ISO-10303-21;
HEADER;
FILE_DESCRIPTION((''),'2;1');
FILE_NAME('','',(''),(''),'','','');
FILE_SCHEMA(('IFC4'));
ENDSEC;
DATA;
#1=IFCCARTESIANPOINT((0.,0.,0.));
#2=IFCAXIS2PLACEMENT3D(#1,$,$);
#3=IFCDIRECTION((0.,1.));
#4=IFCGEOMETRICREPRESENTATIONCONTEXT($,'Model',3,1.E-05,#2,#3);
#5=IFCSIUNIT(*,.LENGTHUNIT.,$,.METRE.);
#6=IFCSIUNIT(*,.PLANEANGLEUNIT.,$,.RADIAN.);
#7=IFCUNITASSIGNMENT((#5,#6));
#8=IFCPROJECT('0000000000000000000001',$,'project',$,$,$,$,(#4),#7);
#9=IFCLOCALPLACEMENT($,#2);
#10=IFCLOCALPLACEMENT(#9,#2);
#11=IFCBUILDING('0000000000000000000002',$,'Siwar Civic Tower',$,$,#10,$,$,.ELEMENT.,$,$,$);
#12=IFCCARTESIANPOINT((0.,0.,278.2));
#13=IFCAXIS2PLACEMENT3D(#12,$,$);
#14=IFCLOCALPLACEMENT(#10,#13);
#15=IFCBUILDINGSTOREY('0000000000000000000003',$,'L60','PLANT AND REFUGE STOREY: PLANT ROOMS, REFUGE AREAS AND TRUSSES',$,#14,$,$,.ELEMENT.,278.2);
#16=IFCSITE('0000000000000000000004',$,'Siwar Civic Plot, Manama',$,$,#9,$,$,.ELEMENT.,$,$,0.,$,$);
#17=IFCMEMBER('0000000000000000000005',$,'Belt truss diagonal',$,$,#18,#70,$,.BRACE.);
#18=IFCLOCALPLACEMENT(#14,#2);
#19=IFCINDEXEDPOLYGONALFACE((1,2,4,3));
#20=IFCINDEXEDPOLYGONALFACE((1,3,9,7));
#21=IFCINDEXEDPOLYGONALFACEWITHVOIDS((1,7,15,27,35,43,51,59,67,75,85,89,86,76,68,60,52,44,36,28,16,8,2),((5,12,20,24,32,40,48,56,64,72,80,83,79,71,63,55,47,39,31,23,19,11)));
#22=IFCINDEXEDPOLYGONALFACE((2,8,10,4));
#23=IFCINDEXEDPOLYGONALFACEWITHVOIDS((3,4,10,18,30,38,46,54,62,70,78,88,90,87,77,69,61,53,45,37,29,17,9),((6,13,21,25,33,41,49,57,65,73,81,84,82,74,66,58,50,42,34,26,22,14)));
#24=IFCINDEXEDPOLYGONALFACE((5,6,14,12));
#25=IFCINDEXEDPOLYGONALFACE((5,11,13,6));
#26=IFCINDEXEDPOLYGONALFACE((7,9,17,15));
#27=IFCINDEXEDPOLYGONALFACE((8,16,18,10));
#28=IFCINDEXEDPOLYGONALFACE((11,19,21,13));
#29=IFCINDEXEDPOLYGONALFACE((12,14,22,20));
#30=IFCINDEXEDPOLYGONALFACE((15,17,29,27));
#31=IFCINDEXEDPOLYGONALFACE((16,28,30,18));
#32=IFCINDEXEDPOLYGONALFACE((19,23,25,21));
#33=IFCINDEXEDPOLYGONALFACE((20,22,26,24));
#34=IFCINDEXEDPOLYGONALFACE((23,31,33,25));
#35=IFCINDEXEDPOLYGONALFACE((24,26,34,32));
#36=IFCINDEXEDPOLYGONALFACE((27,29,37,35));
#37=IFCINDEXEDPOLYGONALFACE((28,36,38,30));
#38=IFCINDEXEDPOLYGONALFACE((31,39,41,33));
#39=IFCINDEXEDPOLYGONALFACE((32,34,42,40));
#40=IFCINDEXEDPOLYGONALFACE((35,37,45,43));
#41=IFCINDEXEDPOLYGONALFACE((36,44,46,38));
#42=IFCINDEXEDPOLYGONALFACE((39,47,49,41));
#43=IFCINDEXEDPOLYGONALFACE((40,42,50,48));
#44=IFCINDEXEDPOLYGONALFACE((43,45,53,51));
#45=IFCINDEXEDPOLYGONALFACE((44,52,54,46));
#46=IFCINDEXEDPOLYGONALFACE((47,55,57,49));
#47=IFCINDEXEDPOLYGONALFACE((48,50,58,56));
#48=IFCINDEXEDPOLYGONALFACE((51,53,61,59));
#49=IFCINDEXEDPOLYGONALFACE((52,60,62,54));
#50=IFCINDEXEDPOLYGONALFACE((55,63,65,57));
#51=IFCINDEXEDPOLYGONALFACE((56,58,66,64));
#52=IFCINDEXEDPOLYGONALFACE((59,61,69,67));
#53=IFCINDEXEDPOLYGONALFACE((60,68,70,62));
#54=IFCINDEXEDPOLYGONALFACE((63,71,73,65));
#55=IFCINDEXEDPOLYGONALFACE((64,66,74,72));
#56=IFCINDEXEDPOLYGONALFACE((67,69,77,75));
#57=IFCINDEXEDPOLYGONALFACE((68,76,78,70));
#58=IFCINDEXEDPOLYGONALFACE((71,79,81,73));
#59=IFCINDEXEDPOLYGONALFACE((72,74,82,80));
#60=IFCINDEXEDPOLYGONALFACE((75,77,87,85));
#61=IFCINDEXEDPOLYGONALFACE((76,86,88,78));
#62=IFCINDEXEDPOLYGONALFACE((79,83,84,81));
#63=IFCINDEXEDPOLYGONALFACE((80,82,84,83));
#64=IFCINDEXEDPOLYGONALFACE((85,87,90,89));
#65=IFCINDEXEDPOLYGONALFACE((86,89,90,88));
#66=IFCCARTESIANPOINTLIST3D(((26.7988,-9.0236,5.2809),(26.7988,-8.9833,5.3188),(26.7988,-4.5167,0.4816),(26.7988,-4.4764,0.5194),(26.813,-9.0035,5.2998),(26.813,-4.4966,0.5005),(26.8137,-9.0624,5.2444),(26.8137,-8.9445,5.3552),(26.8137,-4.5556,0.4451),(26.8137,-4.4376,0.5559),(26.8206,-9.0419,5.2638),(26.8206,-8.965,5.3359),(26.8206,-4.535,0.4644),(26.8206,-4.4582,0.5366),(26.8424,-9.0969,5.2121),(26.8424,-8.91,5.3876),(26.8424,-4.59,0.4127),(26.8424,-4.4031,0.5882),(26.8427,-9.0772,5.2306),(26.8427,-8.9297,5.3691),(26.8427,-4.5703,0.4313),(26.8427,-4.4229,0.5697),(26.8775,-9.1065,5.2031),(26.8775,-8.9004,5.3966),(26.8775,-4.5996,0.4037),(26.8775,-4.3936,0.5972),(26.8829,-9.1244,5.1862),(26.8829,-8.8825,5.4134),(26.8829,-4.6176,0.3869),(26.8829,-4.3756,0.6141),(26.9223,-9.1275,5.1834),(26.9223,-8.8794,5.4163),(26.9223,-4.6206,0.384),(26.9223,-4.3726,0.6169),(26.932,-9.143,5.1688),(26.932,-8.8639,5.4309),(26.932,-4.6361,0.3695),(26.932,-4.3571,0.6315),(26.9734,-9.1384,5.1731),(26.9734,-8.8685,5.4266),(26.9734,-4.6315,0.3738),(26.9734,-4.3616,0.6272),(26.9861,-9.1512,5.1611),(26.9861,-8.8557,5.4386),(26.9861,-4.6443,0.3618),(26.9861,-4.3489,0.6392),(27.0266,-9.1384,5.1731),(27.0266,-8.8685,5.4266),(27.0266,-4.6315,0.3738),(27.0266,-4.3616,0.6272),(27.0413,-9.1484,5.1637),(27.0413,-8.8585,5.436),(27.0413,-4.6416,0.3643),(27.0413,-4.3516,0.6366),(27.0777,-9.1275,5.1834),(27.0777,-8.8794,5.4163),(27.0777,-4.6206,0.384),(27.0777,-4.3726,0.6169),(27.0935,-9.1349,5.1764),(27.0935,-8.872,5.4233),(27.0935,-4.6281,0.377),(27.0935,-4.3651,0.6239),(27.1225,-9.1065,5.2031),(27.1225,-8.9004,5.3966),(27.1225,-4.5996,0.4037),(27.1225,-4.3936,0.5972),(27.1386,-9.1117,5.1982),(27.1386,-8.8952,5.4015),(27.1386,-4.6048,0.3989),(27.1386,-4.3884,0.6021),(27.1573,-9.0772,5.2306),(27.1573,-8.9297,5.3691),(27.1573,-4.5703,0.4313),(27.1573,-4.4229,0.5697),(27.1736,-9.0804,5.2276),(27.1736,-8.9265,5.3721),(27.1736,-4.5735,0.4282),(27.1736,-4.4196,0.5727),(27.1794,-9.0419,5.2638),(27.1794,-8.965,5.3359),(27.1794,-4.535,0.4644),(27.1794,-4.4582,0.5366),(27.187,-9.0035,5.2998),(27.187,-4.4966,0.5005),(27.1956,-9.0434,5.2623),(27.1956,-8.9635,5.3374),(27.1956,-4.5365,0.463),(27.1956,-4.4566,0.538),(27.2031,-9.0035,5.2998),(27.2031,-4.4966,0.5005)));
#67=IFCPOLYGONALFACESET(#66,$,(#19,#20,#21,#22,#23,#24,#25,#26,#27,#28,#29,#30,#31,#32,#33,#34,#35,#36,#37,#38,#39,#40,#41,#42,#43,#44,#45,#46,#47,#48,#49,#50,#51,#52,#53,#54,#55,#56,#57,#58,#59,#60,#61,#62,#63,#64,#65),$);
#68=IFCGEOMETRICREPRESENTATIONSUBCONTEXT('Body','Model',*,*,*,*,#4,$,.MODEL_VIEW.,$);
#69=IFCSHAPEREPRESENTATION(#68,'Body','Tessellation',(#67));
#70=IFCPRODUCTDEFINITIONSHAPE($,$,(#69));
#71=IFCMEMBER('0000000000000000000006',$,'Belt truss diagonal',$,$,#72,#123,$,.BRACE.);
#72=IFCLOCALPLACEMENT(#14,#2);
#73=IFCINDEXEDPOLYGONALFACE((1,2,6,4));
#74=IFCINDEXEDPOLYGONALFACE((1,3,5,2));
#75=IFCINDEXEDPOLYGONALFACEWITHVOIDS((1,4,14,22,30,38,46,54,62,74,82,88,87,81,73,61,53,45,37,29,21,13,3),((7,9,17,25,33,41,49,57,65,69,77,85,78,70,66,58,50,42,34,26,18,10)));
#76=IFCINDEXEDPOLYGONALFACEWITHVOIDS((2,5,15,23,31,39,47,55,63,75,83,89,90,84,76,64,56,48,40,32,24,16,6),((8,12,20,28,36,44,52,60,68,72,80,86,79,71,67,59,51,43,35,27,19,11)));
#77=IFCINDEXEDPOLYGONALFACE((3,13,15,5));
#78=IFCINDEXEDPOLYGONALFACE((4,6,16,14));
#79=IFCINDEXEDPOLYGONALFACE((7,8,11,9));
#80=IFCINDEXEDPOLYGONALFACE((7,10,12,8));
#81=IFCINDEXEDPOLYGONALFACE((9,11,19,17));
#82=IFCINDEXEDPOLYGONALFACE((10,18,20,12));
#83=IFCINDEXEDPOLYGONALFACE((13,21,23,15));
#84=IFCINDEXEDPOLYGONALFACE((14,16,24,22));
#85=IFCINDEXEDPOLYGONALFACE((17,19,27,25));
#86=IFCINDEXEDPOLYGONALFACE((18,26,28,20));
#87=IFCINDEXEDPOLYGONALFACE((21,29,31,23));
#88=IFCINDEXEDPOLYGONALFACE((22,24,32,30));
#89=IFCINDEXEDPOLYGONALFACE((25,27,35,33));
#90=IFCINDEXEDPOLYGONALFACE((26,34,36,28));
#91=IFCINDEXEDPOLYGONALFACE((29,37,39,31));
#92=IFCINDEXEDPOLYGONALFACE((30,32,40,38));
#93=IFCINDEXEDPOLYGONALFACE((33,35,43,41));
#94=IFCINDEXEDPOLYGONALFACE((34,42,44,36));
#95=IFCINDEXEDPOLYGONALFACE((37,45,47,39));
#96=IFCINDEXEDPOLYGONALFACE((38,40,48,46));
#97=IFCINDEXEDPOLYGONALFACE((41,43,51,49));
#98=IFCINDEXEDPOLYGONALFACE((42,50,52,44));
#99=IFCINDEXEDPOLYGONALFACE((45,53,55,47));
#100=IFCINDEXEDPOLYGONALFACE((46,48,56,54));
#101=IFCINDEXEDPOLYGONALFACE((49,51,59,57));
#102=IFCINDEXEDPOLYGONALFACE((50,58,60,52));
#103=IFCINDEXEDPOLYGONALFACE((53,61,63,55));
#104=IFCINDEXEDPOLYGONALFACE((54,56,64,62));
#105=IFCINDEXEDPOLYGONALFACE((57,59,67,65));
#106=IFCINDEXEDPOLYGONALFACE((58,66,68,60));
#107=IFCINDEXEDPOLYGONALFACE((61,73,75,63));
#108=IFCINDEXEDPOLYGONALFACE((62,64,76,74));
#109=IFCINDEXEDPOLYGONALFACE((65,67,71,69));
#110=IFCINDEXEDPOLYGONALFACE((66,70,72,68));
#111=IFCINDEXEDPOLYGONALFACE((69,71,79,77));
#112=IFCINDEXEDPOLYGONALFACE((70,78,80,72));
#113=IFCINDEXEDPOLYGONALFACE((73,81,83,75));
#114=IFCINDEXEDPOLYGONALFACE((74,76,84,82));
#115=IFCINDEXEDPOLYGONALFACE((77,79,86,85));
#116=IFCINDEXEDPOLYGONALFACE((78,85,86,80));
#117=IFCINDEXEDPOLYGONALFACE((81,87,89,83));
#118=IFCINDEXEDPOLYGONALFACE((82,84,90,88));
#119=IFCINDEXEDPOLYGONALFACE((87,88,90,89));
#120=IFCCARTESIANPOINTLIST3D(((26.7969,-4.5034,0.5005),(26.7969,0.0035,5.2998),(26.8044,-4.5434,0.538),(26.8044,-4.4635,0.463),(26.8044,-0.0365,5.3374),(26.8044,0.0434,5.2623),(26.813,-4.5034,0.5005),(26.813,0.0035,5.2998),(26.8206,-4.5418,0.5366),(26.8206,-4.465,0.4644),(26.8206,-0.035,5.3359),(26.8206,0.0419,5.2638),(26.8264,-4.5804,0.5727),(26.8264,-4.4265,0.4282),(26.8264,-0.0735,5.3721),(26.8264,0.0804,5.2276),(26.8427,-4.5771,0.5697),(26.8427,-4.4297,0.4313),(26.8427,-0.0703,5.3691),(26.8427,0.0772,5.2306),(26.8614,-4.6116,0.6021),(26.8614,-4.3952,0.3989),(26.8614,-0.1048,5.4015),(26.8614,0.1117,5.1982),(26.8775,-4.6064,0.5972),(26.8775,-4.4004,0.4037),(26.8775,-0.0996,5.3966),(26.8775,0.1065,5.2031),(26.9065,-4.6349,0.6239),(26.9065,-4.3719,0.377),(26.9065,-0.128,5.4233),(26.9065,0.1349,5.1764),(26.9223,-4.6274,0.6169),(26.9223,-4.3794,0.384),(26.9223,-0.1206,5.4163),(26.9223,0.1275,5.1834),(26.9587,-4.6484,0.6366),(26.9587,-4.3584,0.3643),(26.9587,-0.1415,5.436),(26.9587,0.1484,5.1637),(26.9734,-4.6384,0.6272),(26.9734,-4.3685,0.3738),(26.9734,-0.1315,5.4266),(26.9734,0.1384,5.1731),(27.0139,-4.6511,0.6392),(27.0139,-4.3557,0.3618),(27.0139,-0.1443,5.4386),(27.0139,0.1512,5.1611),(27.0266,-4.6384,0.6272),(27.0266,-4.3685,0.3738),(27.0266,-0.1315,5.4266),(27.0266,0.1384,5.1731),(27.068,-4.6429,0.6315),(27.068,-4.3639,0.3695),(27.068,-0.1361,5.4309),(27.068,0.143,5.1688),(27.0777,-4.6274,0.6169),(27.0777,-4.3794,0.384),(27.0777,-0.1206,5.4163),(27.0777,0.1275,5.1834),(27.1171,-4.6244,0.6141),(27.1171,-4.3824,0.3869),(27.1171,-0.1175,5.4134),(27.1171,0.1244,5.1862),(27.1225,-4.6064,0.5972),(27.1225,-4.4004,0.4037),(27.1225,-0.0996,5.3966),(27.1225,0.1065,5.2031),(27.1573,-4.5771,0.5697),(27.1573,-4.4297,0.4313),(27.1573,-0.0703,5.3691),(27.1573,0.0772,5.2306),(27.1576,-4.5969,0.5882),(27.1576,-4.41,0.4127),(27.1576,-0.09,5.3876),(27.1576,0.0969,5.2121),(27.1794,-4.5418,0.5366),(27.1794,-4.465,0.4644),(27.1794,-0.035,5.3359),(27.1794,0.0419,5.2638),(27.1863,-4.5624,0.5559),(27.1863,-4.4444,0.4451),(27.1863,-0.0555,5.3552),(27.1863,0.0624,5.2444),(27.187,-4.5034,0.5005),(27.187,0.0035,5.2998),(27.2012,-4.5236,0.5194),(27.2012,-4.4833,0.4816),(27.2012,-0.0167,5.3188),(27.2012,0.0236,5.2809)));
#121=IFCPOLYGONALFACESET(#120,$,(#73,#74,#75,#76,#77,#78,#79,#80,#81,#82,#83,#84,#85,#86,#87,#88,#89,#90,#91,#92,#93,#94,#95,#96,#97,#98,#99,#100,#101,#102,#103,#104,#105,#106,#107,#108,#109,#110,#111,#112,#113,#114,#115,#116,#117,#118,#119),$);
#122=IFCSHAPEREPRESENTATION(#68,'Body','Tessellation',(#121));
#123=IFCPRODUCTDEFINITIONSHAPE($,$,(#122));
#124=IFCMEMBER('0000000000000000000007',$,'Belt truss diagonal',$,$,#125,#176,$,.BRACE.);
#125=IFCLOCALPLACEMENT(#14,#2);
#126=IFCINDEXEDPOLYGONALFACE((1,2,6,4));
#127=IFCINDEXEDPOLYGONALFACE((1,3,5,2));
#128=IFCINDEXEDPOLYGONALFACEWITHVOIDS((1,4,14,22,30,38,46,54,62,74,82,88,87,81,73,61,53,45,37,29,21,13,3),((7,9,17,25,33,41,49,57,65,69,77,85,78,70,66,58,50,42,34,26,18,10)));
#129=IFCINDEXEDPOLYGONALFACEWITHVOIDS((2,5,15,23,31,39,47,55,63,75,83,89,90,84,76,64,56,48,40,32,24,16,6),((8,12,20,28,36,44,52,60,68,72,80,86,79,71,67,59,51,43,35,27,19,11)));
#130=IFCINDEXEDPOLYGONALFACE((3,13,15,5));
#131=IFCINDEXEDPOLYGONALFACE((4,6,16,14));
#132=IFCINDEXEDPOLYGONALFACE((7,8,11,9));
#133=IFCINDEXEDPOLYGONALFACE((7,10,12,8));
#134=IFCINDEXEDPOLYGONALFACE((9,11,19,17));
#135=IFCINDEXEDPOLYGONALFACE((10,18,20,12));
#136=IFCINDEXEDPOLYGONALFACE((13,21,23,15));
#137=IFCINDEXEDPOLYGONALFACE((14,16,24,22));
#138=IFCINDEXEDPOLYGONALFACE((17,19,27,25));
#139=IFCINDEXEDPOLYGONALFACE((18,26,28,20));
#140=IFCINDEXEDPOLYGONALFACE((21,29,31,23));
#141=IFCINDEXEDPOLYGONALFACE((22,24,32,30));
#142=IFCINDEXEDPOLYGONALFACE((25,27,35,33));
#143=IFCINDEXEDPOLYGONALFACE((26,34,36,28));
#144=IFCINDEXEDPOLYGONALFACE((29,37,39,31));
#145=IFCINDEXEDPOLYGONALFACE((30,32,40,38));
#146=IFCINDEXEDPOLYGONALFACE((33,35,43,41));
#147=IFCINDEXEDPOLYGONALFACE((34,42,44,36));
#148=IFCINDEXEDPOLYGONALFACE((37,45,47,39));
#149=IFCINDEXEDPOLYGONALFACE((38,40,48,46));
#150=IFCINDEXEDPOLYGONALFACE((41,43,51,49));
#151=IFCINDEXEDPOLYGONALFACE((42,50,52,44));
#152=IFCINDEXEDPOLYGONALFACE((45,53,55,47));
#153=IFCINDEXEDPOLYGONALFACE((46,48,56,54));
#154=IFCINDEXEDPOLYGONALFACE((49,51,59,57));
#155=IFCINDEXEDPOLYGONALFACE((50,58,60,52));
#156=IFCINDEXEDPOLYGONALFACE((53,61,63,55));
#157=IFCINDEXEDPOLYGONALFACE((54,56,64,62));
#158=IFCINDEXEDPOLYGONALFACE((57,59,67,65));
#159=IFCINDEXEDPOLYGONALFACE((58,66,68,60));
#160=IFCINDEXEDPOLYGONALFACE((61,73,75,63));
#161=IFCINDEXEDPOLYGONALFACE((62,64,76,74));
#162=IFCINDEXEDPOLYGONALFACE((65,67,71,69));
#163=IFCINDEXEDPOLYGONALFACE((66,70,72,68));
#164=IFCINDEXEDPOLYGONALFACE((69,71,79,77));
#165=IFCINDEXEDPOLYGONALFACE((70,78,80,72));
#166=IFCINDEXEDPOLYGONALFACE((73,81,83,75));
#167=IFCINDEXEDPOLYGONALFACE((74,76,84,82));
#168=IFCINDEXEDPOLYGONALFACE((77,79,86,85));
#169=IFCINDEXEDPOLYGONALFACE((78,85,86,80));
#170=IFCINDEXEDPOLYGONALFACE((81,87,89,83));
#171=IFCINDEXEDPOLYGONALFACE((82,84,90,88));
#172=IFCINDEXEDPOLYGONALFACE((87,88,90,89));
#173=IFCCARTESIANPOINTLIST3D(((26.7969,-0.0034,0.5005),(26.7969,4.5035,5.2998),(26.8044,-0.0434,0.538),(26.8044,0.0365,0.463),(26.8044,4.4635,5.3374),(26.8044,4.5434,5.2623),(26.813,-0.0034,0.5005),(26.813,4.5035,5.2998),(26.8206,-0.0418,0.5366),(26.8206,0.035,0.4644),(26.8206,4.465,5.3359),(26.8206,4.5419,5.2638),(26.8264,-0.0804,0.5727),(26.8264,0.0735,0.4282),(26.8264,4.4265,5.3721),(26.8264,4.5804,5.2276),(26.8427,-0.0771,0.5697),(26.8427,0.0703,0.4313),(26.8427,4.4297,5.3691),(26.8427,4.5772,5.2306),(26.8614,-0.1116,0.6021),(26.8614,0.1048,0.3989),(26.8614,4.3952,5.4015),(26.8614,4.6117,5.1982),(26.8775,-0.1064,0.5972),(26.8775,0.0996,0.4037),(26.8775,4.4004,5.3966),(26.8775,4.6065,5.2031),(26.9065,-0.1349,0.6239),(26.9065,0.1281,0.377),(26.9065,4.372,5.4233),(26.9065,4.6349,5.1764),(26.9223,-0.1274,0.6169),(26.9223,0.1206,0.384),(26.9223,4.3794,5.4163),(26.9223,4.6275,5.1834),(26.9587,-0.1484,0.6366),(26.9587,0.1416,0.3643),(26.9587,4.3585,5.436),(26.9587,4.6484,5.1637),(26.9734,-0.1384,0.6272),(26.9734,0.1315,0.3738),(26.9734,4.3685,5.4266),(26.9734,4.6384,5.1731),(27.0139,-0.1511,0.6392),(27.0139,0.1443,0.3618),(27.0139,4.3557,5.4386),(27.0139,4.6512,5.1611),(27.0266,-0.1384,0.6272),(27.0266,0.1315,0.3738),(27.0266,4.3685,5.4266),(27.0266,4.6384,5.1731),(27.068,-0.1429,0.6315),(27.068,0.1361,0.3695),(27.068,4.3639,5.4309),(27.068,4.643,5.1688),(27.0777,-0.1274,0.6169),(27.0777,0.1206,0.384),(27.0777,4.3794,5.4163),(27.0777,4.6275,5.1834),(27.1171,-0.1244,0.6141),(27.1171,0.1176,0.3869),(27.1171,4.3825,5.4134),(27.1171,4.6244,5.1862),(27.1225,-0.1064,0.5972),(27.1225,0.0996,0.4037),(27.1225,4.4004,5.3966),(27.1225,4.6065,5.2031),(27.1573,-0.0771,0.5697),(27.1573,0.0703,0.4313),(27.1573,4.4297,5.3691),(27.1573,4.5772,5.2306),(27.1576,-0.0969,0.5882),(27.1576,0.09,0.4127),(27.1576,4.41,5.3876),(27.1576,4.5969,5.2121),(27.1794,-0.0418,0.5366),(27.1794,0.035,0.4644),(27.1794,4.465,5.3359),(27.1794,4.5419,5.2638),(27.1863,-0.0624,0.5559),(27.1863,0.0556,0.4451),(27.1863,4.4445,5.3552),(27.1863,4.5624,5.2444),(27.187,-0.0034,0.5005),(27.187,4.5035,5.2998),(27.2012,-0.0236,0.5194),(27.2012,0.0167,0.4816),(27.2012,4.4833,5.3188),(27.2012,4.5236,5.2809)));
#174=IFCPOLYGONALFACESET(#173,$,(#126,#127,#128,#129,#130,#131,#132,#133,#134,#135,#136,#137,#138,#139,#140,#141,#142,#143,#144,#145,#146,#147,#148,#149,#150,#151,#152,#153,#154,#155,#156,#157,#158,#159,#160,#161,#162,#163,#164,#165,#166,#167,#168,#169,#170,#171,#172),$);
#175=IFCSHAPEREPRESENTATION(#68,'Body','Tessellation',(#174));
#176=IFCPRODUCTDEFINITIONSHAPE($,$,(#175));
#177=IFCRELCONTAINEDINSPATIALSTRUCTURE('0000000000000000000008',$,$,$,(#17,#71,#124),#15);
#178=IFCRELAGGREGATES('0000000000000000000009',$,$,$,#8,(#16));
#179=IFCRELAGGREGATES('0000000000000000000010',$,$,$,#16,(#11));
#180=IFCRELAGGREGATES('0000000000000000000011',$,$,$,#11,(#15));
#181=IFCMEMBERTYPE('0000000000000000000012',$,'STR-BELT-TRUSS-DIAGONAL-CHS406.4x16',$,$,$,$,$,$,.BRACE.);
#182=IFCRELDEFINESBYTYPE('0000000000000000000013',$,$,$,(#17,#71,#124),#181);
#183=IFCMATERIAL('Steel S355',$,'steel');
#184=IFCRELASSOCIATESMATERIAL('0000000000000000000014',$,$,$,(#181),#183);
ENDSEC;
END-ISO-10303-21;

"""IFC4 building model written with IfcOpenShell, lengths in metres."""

from ifc_helpers import new_model, si_unit, direction, frame, origin, origin_2d, place, context, subcontext, project, spatial, hollow_circle, extrude, material, material_profile, profile_set, type_object, element, save


model = new_model("IFC4")

# Units and contexts
model_context = context("Model", 3, precision=1e-05, world=origin(), true_north=direction((0.0, 1.0)))
body_context = subcontext(model_context, "Body", "Model", "MODEL_VIEW")
ifc_project = project(units=[si_unit("LENGTHUNIT", "METRE"), si_unit("PLANEANGLEUNIT", "RADIAN")], contexts=[model_context])

# Site, building, storey
site_placement = place(None, origin())
site = spatial("IfcSite", under=ifc_project, at=site_placement, Name="Siwar Civic Plot, Manama", CompositionType="ELEMENT", RefElevation=0.0)
building_placement = place(site_placement, origin())
building = spatial("IfcBuilding", under=site, at=building_placement, Name="Siwar Civic Tower", CompositionType="ELEMENT")
storey_placement = place(building_placement, frame((0.0, 0.0, 278.2)))
storey = spatial("IfcBuildingStorey", under=building, at=storey_placement, Name="L60", Description="PLANT AND REFUGE STOREY: PLANT ROOMS, REFUGE AREAS AND TRUSSES", CompositionType="ELEMENT", Elevation=278.2)

# Members
ifc_material_1 = material(Name="Steel S355", Category="steel")
ifc_material_profile_1 = material_profile(ifc_material_1, hollow_circle(Radius=0.2031, WallThickness=0.0161, at=origin_2d()), Name="CHS406.4x16")
ifc_profile_set_1 = profile_set([ifc_material_profile_1], Name="Steel S355")
member_type_1 = type_object("IfcMemberType", Name="STR-BELT-TRUSS-DIAGONAL-CHS406.4x16", PredefinedType="BRACE", material=ifc_profile_set_1)
for number, where, z_axis, x_axis, name in (
    (1, (27.0, -4.4966, 0.5005), (0.0, -0.684545, 0.72897), (1.0, 0.0, 0.0), "Belt truss diagonal"),
    (2, (27.0, -4.5034, 0.5005), (0.0, 0.684545, 0.72897), (-1.0, 0.0, 0.0), "Belt truss diagonal"),
    (3, (27.0, -0.0034, 0.5005), (0.0, 0.684545, 0.72897), (-1.0, 0.0, 0.0), "Belt truss diagonal"),
):
    element("IfcMember", number, at=place(storey_placement, frame(where, z_axis=z_axis, x_axis=x_axis)), inside=storey, type_object=member_type_1, Name=name, PredefinedType="BRACE", context=body_context, shape_type="SweptSolid", body=[
        extrude(hollow_circle(Radius=0.2031, WallThickness=0.0161, at=origin_2d()), origin(), (0.0, 0.0, 1.0), 6.5837),
    ])

save(model, "model.ifc")
